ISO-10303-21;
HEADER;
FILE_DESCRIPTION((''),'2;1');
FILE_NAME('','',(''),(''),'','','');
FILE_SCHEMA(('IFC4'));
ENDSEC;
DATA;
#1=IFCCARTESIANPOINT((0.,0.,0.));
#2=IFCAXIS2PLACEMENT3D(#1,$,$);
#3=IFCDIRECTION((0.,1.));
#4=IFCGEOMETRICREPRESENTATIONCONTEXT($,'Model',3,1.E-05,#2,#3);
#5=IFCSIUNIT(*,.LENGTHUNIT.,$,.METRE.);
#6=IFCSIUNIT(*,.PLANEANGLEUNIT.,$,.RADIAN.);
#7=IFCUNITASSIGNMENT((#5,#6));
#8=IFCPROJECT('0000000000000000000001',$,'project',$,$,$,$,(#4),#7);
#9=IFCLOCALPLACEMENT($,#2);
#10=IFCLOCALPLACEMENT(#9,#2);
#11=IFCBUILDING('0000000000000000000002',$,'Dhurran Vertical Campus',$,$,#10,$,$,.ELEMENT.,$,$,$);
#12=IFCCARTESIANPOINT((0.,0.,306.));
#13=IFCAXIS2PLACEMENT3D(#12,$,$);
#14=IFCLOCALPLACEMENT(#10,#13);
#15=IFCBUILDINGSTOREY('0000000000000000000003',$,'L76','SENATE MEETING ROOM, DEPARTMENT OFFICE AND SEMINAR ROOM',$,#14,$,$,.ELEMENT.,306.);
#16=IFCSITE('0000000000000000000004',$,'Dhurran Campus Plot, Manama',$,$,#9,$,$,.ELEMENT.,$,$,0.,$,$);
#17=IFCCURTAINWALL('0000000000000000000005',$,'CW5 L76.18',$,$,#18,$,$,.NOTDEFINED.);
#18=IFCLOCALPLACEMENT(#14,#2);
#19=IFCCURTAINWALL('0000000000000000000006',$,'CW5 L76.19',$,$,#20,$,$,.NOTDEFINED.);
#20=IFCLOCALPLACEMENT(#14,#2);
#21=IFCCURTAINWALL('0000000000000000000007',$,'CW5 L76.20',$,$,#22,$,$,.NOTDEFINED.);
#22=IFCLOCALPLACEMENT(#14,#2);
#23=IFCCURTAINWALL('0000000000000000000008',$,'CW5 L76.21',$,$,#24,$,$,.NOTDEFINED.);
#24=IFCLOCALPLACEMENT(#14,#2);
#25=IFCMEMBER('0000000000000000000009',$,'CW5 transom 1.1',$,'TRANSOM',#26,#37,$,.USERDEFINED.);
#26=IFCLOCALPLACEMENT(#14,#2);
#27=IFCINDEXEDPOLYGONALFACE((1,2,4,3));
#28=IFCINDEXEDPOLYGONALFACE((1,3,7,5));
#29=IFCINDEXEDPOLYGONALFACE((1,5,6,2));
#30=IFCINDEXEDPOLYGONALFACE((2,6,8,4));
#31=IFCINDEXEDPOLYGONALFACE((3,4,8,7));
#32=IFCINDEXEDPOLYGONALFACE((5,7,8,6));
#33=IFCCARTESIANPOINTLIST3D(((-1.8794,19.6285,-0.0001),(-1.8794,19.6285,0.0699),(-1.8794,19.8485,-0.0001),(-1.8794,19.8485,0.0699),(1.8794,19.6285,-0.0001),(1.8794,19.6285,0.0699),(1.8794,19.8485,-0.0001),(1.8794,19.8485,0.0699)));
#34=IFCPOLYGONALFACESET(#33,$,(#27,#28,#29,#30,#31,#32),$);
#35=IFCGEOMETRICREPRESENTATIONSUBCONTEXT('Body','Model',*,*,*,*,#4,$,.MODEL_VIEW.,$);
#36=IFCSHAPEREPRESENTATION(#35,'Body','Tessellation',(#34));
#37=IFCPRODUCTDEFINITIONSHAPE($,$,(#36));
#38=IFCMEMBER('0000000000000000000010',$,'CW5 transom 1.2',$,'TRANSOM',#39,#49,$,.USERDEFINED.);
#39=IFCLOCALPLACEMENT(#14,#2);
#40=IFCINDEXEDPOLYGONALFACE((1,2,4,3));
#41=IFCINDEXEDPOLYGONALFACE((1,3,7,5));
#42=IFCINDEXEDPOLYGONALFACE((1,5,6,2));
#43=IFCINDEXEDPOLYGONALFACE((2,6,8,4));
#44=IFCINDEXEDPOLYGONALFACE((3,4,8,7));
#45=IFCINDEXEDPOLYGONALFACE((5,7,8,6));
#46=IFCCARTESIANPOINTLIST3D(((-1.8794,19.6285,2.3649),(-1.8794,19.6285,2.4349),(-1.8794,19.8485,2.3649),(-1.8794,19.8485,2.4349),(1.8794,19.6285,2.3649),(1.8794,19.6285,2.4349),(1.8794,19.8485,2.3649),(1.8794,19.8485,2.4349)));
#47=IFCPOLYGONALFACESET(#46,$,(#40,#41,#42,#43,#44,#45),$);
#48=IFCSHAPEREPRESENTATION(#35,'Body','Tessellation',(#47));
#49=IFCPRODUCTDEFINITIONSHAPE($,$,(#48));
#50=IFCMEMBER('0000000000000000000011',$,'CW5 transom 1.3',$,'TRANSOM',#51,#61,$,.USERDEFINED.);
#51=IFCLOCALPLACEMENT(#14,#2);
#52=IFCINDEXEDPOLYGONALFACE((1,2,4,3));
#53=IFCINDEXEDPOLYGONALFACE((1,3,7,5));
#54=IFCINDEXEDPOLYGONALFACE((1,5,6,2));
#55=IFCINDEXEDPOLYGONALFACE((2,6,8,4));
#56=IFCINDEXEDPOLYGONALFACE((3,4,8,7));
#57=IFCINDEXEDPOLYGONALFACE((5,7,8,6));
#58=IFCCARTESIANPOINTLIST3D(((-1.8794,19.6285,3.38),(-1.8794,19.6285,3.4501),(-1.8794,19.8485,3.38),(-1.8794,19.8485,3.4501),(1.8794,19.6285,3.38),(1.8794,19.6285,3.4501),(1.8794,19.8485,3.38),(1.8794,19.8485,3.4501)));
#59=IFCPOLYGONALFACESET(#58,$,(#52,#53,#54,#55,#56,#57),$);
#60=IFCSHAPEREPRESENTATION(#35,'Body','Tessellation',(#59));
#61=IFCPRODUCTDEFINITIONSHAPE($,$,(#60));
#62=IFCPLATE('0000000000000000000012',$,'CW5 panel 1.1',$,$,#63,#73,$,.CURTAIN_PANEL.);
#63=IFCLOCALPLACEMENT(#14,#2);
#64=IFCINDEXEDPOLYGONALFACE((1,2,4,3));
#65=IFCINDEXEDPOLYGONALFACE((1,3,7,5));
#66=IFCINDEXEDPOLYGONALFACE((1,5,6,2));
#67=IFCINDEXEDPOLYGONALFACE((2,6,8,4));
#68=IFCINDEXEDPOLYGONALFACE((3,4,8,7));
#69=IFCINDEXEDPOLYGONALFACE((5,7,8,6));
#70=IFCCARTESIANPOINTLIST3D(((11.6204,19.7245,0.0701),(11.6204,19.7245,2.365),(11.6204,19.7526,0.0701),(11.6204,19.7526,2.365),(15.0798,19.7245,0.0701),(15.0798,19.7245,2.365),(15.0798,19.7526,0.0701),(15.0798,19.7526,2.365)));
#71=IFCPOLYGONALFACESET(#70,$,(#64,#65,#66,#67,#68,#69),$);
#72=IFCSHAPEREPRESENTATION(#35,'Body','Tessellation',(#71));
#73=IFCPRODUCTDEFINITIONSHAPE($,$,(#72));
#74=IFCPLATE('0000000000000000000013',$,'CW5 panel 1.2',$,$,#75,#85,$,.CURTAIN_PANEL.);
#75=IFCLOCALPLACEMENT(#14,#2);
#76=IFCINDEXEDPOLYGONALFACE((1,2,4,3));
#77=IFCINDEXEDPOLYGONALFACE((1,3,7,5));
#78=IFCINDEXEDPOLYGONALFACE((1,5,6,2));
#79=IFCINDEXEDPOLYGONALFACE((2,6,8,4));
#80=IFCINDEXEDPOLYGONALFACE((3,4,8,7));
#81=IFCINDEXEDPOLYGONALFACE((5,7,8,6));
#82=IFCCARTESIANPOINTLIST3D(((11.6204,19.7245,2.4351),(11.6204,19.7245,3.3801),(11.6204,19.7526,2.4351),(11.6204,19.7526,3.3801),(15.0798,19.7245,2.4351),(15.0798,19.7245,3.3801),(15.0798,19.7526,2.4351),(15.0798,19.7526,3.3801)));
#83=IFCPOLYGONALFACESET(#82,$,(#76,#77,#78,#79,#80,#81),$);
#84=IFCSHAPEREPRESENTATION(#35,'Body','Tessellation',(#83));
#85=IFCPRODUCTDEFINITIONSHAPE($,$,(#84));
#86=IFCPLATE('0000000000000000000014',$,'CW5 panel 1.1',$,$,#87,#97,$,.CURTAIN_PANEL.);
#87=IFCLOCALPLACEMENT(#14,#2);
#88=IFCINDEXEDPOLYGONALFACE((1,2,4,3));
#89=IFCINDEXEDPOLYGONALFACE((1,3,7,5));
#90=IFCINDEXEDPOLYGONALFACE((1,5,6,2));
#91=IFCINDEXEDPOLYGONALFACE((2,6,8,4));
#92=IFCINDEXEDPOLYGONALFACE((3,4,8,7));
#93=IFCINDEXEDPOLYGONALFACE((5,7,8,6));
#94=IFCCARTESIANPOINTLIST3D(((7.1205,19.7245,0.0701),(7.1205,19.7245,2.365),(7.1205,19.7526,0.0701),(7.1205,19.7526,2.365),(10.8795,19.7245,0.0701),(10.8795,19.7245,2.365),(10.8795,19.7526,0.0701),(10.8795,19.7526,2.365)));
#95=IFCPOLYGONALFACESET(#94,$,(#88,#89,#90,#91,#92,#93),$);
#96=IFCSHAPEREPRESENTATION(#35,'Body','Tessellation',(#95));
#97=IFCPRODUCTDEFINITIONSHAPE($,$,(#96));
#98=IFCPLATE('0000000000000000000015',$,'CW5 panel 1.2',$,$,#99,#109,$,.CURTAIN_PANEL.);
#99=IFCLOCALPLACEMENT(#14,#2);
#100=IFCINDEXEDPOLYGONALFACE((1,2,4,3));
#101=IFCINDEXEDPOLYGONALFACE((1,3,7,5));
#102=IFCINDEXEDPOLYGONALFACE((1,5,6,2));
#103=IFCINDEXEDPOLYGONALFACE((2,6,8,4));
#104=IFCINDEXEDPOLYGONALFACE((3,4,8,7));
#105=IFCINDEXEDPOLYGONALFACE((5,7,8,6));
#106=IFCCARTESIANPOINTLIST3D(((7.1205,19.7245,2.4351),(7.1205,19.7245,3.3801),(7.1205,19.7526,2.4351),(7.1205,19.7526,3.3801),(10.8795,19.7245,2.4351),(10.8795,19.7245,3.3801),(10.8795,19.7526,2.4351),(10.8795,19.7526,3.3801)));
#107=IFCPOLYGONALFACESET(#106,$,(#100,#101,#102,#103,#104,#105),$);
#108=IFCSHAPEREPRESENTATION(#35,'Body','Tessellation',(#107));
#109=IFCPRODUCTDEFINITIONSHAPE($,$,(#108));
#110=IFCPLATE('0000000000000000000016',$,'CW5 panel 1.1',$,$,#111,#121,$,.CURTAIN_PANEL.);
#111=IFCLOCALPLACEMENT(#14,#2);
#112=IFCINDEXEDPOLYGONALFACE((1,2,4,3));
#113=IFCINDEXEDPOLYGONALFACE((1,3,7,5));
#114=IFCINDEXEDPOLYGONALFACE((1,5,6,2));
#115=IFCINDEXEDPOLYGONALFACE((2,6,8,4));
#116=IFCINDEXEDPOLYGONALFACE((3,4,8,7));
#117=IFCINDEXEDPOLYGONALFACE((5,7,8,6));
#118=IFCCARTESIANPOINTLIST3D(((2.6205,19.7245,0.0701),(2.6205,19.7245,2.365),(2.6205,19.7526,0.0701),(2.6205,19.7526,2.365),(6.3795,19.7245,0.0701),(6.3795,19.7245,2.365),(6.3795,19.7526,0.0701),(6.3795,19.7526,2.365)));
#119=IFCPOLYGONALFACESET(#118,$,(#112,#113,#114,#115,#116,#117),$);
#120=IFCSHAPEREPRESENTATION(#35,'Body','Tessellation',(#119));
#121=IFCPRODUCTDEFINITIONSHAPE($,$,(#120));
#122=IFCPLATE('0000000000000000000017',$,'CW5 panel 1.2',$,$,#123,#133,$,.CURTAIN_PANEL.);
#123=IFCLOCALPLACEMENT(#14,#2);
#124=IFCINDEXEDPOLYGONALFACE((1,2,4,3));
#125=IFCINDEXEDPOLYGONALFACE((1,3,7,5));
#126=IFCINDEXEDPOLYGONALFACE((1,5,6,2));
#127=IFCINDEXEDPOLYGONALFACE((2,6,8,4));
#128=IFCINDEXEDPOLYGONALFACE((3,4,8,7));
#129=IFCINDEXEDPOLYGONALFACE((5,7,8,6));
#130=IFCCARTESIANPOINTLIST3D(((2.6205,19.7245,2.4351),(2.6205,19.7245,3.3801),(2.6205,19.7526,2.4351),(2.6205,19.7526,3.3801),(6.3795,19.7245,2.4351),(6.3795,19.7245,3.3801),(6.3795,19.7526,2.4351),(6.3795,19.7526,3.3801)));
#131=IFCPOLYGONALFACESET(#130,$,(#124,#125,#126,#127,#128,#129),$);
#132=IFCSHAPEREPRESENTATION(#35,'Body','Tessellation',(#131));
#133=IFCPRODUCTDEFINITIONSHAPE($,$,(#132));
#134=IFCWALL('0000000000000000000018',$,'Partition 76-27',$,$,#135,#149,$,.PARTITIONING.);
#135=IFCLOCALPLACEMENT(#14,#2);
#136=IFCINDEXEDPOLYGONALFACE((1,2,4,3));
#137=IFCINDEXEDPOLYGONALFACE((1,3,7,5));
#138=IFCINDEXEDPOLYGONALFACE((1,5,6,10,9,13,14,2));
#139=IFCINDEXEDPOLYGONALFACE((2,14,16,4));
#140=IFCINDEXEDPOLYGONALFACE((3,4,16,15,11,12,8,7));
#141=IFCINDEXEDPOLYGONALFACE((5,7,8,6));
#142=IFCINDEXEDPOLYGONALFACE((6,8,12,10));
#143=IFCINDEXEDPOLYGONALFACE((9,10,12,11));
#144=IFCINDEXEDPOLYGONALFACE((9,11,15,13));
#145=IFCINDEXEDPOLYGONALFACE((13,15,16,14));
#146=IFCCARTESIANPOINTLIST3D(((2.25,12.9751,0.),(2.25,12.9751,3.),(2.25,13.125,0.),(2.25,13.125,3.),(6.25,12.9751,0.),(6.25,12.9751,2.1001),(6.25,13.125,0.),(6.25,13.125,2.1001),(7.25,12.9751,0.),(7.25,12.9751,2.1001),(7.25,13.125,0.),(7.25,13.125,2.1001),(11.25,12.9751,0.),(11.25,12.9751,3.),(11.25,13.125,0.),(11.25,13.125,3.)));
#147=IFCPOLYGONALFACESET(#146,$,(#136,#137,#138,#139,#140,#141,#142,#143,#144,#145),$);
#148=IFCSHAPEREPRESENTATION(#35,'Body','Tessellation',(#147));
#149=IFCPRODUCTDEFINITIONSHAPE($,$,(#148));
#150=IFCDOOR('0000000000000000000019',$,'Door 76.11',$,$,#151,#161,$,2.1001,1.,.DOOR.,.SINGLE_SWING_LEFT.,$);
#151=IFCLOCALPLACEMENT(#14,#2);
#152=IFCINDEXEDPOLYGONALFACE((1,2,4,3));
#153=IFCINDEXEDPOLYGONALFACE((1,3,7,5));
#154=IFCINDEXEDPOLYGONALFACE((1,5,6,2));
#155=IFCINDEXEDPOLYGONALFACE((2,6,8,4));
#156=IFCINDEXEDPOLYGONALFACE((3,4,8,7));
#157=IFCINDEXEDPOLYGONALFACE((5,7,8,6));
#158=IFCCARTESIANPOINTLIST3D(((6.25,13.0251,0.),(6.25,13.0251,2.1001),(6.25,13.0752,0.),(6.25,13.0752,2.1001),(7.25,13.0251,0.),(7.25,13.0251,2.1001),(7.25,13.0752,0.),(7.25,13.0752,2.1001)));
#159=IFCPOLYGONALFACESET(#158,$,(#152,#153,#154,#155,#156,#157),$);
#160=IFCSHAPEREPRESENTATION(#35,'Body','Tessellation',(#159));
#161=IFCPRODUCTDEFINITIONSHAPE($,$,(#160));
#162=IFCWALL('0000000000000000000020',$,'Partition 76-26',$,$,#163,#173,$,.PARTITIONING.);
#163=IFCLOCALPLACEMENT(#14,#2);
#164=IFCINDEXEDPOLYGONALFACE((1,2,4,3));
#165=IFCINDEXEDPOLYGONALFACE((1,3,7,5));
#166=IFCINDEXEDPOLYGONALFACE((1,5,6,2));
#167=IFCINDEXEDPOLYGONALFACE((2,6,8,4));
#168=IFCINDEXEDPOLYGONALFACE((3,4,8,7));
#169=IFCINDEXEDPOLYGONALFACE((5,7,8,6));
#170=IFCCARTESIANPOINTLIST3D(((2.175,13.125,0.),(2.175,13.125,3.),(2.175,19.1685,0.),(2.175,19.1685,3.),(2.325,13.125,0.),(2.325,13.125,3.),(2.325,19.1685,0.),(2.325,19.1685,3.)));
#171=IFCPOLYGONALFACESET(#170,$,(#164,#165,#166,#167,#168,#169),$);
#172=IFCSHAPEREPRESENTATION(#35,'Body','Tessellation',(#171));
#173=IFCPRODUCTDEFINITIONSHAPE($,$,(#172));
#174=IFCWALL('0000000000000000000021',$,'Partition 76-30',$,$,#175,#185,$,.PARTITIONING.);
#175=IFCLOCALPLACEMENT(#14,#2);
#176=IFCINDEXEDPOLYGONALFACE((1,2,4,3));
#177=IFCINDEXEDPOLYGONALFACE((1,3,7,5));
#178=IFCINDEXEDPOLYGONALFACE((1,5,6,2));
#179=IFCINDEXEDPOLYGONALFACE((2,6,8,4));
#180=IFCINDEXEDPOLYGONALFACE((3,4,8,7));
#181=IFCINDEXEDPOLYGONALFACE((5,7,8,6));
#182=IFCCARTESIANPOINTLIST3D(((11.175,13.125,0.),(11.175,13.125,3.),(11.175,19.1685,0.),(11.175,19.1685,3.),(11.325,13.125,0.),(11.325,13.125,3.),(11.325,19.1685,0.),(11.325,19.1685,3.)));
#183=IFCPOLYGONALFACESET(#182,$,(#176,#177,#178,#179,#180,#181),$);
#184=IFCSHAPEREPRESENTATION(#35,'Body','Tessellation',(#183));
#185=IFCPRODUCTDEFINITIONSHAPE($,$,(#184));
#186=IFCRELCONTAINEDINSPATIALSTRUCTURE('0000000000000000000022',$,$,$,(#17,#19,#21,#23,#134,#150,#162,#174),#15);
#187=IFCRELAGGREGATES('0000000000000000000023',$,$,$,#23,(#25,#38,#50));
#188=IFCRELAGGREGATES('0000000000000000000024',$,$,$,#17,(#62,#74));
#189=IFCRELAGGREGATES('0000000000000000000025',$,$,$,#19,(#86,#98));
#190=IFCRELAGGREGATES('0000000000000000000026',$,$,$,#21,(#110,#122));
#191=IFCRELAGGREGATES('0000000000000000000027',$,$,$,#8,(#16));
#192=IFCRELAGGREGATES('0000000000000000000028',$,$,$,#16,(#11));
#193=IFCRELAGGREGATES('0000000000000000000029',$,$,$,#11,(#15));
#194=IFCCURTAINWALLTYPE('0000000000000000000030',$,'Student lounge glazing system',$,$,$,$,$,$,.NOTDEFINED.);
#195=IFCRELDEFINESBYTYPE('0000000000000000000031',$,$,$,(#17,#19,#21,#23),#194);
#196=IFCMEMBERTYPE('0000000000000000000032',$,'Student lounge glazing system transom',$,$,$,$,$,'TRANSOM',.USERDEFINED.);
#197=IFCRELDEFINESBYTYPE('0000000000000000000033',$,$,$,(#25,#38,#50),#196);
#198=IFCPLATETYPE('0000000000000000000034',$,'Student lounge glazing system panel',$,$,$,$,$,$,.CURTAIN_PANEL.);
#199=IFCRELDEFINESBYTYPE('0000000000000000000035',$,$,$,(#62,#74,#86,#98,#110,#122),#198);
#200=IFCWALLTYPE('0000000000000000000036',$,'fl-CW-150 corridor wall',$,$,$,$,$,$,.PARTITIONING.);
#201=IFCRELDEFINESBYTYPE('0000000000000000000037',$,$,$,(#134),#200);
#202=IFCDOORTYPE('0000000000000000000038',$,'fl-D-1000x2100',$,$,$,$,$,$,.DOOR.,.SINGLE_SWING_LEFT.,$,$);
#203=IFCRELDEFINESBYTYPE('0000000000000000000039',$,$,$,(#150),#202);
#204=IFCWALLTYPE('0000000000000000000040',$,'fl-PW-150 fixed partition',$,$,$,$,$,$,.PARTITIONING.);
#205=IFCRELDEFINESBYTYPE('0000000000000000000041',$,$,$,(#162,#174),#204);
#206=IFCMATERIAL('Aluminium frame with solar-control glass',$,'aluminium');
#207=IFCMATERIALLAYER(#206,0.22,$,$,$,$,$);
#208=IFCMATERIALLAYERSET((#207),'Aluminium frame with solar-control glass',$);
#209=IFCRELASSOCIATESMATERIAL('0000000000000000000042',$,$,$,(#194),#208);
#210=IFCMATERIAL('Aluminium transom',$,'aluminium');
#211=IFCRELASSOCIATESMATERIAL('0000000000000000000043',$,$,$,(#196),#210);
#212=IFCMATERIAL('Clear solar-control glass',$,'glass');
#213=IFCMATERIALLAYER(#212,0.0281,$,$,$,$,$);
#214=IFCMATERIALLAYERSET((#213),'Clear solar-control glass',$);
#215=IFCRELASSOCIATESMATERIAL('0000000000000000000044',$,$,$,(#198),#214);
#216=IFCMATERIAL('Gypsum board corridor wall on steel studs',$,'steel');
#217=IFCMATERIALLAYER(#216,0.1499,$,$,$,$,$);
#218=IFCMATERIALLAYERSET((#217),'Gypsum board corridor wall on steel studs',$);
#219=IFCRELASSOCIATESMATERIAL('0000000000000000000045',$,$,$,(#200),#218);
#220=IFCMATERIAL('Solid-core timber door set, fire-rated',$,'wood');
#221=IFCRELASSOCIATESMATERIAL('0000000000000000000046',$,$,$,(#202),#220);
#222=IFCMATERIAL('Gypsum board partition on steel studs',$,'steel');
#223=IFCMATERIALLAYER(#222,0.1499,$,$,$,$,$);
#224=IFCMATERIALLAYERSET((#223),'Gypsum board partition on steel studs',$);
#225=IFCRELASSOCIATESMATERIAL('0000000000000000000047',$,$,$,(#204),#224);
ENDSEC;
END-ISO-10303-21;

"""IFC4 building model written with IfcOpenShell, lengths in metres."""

from ifc_helpers import new_model, si_unit, direction, frame, frame_2d, origin, origin_2d, place, context, subcontext, project, spatial, rectangle, extrude, material, layer, layer_set, material_profile, profile_set, type_object, element, fill, aggregate, save


model = new_model("IFC4")

# Units and contexts
model_context = context("Model", 3, precision=1e-05, world=origin(), true_north=direction((0.0, 1.0)))
body_context = subcontext(model_context, "Body", "Model", "MODEL_VIEW")
ifc_project = project(units=[si_unit("LENGTHUNIT", "METRE"), si_unit("PLANEANGLEUNIT", "RADIAN")], contexts=[model_context])

# Site, building, storey
site_placement = place(None, origin())
site = spatial("IfcSite", under=ifc_project, at=site_placement, Name="Dhurran Campus Plot, Manama", CompositionType="ELEMENT", RefElevation=0.0)
building_placement = place(site_placement, origin())
building = spatial("IfcBuilding", under=site, at=building_placement, Name="Dhurran Vertical Campus", CompositionType="ELEMENT")
storey_placement = place(building_placement, frame((0.0, 0.0, 306.0)))
storey = spatial("IfcBuildingStorey", under=building, at=storey_placement, Name="L76", Description="SENATE MEETING ROOM, DEPARTMENT OFFICE AND SEMINAR ROOM", CompositionType="ELEMENT", Elevation=306.0)

# Curtain wall
ifc_material_1 = material(Name="Aluminium frame with solar-control glass", Category="aluminium")
ifc_layer_1 = layer(ifc_material_1, 0.22)
ifc_layer_set_1 = layer_set([ifc_layer_1], Name="Aluminium frame with solar-control glass")
curtain_wall_type = type_object("IfcCurtainWallType", Name="Student lounge glazing system", PredefinedType="NOTDEFINED", material=ifc_layer_set_1)
curtain_wall_1_placement = place(storey_placement, origin())
curtain_wall_1 = element("IfcCurtainWall", 1, at=curtain_wall_1_placement, inside=storey, type_object=curtain_wall_type, Name="CW5 L76.18", PredefinedType="NOTDEFINED")

# Curtain walls
curtain_wall_2_placement = place(storey_placement, origin())
curtain_wall_2 = element("IfcCurtainWall", 2, at=curtain_wall_2_placement, inside=storey, type_object=curtain_wall_type, Name="CW5 L76.19", PredefinedType="NOTDEFINED")
curtain_wall_3_placement = place(storey_placement, origin())
curtain_wall_3 = element("IfcCurtainWall", 3, at=curtain_wall_3_placement, inside=storey, type_object=curtain_wall_type, Name="CW5 L76.20", PredefinedType="NOTDEFINED")

# Curtain wall
curtain_wall_4_placement = place(storey_placement, origin())
curtain_wall_4 = element("IfcCurtainWall", 4, at=curtain_wall_4_placement, inside=storey, type_object=curtain_wall_type, Name="CW5 L76.21", PredefinedType="NOTDEFINED")

# Members
ifc_material_2 = material(Name="Aluminium transom", Category="aluminium")
ifc_material_profile_1 = material_profile(ifc_material_2, rectangle(XDim=0.22, YDim=0.0701, at=origin_2d()), Name="Student lounge glazing system transom")
ifc_profile_set_1 = profile_set([ifc_material_profile_1], Name="Aluminium transom")
member_type_1 = type_object("IfcMemberType", Name="Student lounge glazing system transom", ElementType="TRANSOM", PredefinedType="USERDEFINED", material=ifc_profile_set_1)
member_1_placement = place(storey_placement, frame((1.8794, 19.7385, 0.0349), z_axis=(-1.0, 0.0, 0.0), x_axis=(0.0, -1.0, 0.0)))
member_1 = element("IfcMember", 5, at=member_1_placement, type_object=member_type_1, Name="CW5 transom 1.1", ObjectType="TRANSOM", PredefinedType="USERDEFINED", context=body_context, shape_type="SweptSolid", body=[
    extrude(rectangle(XDim=0.22, YDim=0.0701, at=origin_2d()), origin(), (0.0, 0.0, 1.0), 3.7588),
])
member_2_placement = place(storey_placement, frame((1.8794, 19.7385, 2.3999), z_axis=(-1.0, 0.0, 0.0), x_axis=(0.0, -1.0, 0.0)))
member_2 = element("IfcMember", 6, at=member_2_placement, type_object=member_type_1, Name="CW5 transom 1.2", ObjectType="TRANSOM", PredefinedType="USERDEFINED", context=body_context, shape_type="SweptSolid", body=[
    extrude(rectangle(XDim=0.22, YDim=0.0701, at=origin_2d()), origin(), (0.0, 0.0, 1.0), 3.7588),
])
member_3_placement = place(storey_placement, frame((1.8794, 19.7385, 3.415), z_axis=(-1.0, 0.0, 0.0), x_axis=(0.0, -1.0, 0.0)))
member_3 = element("IfcMember", 7, at=member_3_placement, type_object=member_type_1, Name="CW5 transom 1.3", ObjectType="TRANSOM", PredefinedType="USERDEFINED", context=body_context, shape_type="SweptSolid", body=[
    extrude(rectangle(XDim=0.22, YDim=0.0701, at=origin_2d()), origin(), (0.0, 0.0, 1.0), 3.7588),
])
aggregate(curtain_wall_4, [member_1, member_2, member_3])

# Plates
ifc_material_3 = material(Name="Clear solar-control glass", Category="glass")
ifc_layer_2 = layer(ifc_material_3, 0.0281)
ifc_layer_set_2 = layer_set([ifc_layer_2], Name="Clear solar-control glass")
plate_type = type_object("IfcPlateType", Name="Student lounge glazing system panel", PredefinedType="CURTAIN_PANEL", material=ifc_layer_set_2)
plate_1_placement = place(storey_placement, frame((13.3501, 19.7385, 0.0701), z_axis=(0.0, 0.0, 1.0), x_axis=(-1.0, 0.0, 0.0)))
plate_1 = element("IfcPlate", 8, at=plate_1_placement, type_object=plate_type, Name="CW5 panel 1.1", PredefinedType="CURTAIN_PANEL", context=body_context, shape_type="SweptSolid", body=[
    extrude(rectangle(XDim=3.4595, YDim=0.0281, at=origin_2d()), origin(), (0.0, 0.0, 1.0), 2.2949),
])
plate_2_placement = place(storey_placement, frame((13.3501, 19.7385, 2.4351), z_axis=(0.0, 0.0, 1.0), x_axis=(-1.0, 0.0, 0.0)))
plate_2 = element("IfcPlate", 9, at=plate_2_placement, type_object=plate_type, Name="CW5 panel 1.2", PredefinedType="CURTAIN_PANEL", context=body_context, shape_type="SweptSolid", body=[
    extrude(rectangle(XDim=3.4595, YDim=0.0281, at=origin_2d()), origin(), (0.0, 0.0, 1.0), 0.9451),
])
aggregate(curtain_wall_1, [plate_1, plate_2])
plate_3_placement = place(storey_placement, frame((9.0, 19.7385, 0.0701), z_axis=(0.0, 0.0, 1.0), x_axis=(-1.0, 0.0, 0.0)))
plate_3 = element("IfcPlate", 10, at=plate_3_placement, type_object=plate_type, Name="CW5 panel 1.1", PredefinedType="CURTAIN_PANEL", context=body_context, shape_type="SweptSolid", body=[
    extrude(rectangle(XDim=3.759, YDim=0.0281, at=origin_2d()), origin(), (0.0, 0.0, 1.0), 2.2949),
])
plate_4_placement = place(storey_placement, frame((9.0, 19.7385, 2.4351), z_axis=(0.0, 0.0, 1.0), x_axis=(-1.0, 0.0, 0.0)))
plate_4 = element("IfcPlate", 11, at=plate_4_placement, type_object=plate_type, Name="CW5 panel 1.2", PredefinedType="CURTAIN_PANEL", context=body_context, shape_type="SweptSolid", body=[
    extrude(rectangle(XDim=3.759, YDim=0.0281, at=origin_2d()), origin(), (0.0, 0.0, 1.0), 0.9451),
])
aggregate(curtain_wall_2, [plate_3, plate_4])
plate_5_placement = place(storey_placement, frame((4.5, 19.7385, 0.0701), z_axis=(0.0, 0.0, 1.0), x_axis=(-1.0, 0.0, 0.0)))
plate_5 = element("IfcPlate", 12, at=plate_5_placement, type_object=plate_type, Name="CW5 panel 1.1", PredefinedType="CURTAIN_PANEL", context=body_context, shape_type="SweptSolid", body=[
    extrude(rectangle(XDim=3.759, YDim=0.0281, at=origin_2d()), origin(), (0.0, 0.0, 1.0), 2.2949),
])
plate_6_placement = place(storey_placement, frame((4.5, 19.7385, 2.4351), z_axis=(0.0, 0.0, 1.0), x_axis=(-1.0, 0.0, 0.0)))
plate_6 = element("IfcPlate", 13, at=plate_6_placement, type_object=plate_type, Name="CW5 panel 1.2", PredefinedType="CURTAIN_PANEL", context=body_context, shape_type="SweptSolid", body=[
    extrude(rectangle(XDim=3.759, YDim=0.0281, at=origin_2d()), origin(), (0.0, 0.0, 1.0), 0.9451),
])
aggregate(curtain_wall_3, [plate_5, plate_6])

# Wall, opening, door
ifc_material_4 = material(Name="Gypsum board corridor wall on steel studs", Category="steel")
ifc_layer_3 = layer(ifc_material_4, 0.1499)
ifc_layer_set_3 = layer_set([ifc_layer_3], Name="Gypsum board corridor wall on steel studs")
wall_type_1 = type_object("IfcWallType", Name="fl-CW-150 corridor wall", PredefinedType="PARTITIONING", material=ifc_layer_set_3)
wall_placement = place(storey_placement, frame((11.25, 13.05, 0.0), z_axis=(0.0, 0.0, 1.0), x_axis=(-1.0, 0.0, 0.0)))
wall = element("IfcWall", 14, at=wall_placement, inside=storey, type_object=wall_type_1, Name="Partition 76-27", PredefinedType="PARTITIONING", context=body_context, shape_type="SweptSolid", body=[
    extrude(rectangle(XDim=9.0, YDim=0.1499, at=frame_2d((4.5, 0.0))), origin(), (0.0, 0.0, 1.0), 3.0),
])
opening_placement = place(wall_placement, frame((4.0, 0.0, 0.0)))
opening = element("IfcOpeningElement", 15, at=opening_placement, cuts=wall, PredefinedType="OPENING", context=body_context, shape_type="SweptSolid", body=[
    extrude(rectangle(XDim=1.0, YDim=2.1001, at=frame_2d((0.5, 1.05))), frame((0.0, 0.085, 0.0), z_axis=(0.0, -1.0, 0.0), x_axis=(1.0, 0.0, 0.0)), (0.0, 0.0, 1.0), 0.1699),
])
ifc_material_5 = material(Name="Solid-core timber door set, fire-rated", Category="wood")
door_type = type_object("IfcDoorType", Name="fl-D-1000x2100", OperationType="SINGLE_SWING_LEFT", PredefinedType="DOOR", material=ifc_material_5)
door_placement = place(opening_placement, origin())
door = element("IfcDoor", 16, at=door_placement, inside=storey, type_object=door_type, Name="Door 76.11", OperationType="SINGLE_SWING_LEFT", OverallHeight=2.1001, OverallWidth=1.0, PredefinedType="DOOR", context=body_context, shape_type="SweptSolid", body=[
    extrude(rectangle(XDim=1.0, YDim=2.1001, at=frame_2d((0.5, 1.05))), frame((0.0, 0.0249, 0.0), z_axis=(0.0, -1.0, 0.0), x_axis=(1.0, 0.0, 0.0)), (0.0, 0.0, 1.0), 0.05),
])
fill(opening, door)

# Walls
ifc_material_6 = material(Name="Gypsum board partition on steel studs", Category="steel")
ifc_layer_4 = layer(ifc_material_6, 0.1499)
ifc_layer_set_4 = layer_set([ifc_layer_4], Name="Gypsum board partition on steel studs")
wall_type_2 = type_object("IfcWallType", Name="fl-PW-150 fixed partition", PredefinedType="PARTITIONING", material=ifc_layer_set_4)
for number, where, z_axis, x_axis, name in (
    (17, (2.25, 19.1685, 0.0), (0.0, 0.0, 1.0), (0.0, -1.0, 0.0), "Partition 76-26"),
    (18, (11.25, 19.1685, 0.0), (0.0, 0.0, 1.0), (0.0, -1.0, 0.0), "Partition 76-30"),
):
    element("IfcWall", number, at=place(storey_placement, frame(where, z_axis=z_axis, x_axis=x_axis)), inside=storey, type_object=wall_type_2, Name=name, PredefinedType="PARTITIONING", context=body_context, shape_type="SweptSolid", body=[
        extrude(rectangle(XDim=6.0435, YDim=0.1499, at=frame_2d((3.0217, 0.0))), origin(), (0.0, 0.0, 1.0), 3.0),
    ])

save(model, "model.ifc")
